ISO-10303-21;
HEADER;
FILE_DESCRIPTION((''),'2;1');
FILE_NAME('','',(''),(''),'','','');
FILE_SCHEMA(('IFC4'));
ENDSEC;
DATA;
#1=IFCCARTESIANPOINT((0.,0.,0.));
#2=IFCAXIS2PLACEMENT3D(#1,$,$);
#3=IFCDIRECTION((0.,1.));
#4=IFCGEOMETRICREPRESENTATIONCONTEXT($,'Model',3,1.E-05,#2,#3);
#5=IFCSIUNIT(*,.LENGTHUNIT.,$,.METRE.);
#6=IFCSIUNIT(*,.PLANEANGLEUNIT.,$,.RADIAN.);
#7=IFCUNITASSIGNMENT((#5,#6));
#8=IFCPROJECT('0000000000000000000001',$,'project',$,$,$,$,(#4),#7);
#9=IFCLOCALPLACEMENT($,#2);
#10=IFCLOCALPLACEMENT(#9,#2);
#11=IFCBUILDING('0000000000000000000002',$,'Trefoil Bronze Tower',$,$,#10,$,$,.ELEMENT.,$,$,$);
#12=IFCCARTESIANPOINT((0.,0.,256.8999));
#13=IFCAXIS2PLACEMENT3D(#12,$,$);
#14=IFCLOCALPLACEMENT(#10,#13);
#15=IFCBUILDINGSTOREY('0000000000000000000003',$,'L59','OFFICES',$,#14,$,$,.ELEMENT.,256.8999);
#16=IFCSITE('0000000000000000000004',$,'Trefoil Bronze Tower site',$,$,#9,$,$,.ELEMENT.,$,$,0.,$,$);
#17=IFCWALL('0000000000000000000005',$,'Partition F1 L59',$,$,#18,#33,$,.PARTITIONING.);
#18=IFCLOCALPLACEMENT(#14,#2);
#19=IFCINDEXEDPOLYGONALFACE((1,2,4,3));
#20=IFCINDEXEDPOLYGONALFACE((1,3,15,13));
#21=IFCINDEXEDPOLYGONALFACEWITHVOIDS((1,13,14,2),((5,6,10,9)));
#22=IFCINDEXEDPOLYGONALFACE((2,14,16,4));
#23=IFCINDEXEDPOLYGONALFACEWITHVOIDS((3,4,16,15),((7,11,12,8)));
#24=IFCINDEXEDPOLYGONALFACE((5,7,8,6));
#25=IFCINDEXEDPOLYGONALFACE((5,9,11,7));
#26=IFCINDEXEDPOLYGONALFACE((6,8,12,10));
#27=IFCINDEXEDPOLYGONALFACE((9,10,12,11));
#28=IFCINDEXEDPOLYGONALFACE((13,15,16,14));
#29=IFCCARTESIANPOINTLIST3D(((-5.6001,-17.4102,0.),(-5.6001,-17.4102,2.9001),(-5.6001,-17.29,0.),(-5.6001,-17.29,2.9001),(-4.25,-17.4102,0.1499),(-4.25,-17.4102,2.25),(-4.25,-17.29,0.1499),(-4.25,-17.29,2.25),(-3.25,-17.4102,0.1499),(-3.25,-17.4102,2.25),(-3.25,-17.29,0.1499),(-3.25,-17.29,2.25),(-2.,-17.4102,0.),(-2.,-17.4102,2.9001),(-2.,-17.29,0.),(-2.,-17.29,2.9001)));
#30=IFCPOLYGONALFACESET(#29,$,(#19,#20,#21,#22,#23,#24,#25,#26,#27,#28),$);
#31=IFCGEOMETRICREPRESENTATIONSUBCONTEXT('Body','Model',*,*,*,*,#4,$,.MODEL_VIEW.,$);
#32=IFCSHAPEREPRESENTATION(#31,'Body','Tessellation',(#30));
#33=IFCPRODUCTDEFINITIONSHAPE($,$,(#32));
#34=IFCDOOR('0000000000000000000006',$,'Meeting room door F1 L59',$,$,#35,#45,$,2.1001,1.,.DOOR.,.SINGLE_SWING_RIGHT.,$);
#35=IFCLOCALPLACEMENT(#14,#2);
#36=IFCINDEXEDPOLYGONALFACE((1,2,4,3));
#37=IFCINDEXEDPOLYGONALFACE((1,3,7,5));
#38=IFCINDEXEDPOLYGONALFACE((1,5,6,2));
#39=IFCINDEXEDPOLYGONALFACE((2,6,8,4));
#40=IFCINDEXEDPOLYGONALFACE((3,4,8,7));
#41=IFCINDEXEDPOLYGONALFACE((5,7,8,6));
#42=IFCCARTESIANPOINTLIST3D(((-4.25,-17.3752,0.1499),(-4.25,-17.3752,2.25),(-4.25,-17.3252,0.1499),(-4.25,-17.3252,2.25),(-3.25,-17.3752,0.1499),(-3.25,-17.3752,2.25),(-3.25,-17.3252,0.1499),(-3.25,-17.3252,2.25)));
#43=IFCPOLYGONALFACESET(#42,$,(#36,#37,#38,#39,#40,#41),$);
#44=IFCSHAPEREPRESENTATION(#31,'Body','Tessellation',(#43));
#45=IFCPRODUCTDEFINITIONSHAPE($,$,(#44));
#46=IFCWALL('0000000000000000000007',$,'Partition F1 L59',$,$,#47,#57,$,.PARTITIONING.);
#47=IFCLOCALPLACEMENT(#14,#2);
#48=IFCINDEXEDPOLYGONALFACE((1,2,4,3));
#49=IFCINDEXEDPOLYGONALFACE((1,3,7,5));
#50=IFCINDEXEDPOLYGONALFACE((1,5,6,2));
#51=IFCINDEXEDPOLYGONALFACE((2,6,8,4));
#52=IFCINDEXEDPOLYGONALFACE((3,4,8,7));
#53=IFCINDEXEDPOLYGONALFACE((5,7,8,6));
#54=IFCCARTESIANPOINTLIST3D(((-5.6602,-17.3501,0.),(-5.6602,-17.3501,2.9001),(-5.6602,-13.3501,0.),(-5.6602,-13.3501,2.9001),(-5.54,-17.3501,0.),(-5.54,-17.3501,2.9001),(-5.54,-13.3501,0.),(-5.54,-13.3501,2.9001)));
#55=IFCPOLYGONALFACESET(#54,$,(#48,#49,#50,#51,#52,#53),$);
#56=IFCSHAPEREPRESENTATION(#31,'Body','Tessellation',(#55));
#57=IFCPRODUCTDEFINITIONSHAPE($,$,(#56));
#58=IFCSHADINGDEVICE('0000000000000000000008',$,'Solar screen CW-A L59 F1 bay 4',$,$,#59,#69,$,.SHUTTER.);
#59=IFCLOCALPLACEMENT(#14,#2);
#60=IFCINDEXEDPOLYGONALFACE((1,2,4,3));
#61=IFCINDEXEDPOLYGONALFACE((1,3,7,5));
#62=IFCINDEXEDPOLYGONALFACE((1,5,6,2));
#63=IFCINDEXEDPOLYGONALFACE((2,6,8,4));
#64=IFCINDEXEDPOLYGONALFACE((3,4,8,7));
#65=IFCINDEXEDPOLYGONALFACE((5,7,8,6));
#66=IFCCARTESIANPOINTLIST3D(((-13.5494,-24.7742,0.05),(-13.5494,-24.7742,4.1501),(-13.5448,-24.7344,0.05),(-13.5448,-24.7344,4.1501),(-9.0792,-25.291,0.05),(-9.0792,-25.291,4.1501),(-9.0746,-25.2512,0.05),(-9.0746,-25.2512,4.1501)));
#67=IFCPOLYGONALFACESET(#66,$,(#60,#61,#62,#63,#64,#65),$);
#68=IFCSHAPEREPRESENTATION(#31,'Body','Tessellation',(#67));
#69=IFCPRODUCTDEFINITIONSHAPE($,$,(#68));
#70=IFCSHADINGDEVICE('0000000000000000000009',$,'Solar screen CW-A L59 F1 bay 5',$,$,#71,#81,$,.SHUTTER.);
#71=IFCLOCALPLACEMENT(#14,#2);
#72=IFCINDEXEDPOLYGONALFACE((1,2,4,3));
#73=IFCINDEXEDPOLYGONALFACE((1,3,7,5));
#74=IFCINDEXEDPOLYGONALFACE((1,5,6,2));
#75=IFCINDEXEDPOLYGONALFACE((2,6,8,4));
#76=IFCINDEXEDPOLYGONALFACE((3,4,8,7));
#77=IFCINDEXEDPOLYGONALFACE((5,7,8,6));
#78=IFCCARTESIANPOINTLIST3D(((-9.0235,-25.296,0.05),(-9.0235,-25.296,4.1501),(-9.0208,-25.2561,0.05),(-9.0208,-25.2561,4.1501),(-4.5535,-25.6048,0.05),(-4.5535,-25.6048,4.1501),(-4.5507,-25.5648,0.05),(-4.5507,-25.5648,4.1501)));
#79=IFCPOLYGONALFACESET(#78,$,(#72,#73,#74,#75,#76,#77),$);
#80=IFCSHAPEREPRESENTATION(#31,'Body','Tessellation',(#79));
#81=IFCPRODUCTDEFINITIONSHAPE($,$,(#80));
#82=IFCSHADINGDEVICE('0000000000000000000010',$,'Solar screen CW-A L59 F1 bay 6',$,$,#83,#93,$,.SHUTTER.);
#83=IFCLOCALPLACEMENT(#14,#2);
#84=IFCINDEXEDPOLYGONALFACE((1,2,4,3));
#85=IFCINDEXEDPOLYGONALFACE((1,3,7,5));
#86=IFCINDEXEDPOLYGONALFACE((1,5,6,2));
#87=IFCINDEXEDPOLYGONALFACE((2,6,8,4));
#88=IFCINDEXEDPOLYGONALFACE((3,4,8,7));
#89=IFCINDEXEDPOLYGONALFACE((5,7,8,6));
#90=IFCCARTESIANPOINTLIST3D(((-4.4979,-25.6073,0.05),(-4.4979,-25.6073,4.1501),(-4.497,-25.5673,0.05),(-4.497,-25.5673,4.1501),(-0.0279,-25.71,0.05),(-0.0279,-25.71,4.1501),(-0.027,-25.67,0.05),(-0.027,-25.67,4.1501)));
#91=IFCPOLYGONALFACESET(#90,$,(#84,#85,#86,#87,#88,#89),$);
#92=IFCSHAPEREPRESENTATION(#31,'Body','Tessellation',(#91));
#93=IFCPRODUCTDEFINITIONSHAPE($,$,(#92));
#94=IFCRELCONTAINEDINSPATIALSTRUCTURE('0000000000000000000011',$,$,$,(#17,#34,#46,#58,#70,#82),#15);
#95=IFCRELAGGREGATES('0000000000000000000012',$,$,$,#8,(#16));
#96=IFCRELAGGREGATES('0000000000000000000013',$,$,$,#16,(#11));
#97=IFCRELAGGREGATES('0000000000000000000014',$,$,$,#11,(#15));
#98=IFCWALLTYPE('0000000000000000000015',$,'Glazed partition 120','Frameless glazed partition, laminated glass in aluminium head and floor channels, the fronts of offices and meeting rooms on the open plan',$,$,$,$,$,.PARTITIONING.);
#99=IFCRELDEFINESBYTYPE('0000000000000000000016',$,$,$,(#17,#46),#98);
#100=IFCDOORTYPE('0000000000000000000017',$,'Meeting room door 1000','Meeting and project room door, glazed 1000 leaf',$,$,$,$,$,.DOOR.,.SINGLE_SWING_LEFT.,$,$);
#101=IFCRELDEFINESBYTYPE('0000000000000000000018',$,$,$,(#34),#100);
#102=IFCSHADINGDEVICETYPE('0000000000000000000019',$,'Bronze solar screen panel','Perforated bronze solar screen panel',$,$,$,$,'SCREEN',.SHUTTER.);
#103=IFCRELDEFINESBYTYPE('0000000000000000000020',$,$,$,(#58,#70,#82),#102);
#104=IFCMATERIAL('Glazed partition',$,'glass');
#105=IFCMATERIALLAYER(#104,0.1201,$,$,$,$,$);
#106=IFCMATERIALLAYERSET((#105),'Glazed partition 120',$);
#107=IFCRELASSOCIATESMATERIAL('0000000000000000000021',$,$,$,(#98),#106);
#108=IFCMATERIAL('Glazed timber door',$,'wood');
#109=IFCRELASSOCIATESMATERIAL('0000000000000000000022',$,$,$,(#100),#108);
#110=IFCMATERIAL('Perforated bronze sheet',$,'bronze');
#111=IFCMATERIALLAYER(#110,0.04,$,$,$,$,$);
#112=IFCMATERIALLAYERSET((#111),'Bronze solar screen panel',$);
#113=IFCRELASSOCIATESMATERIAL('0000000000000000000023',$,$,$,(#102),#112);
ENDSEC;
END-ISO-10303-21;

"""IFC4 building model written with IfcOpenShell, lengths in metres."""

from ifc_helpers import new_model, si_unit, direction, frame, frame_2d, origin, origin_2d, place, context, subcontext, project, spatial, rectangle, extrude, material, layer, layer_set, type_object, element, fill, save


model = new_model("IFC4")

# Units and contexts
model_context = context("Model", 3, precision=1e-05, world=origin(), true_north=direction((0.0, 1.0)))
body_context = subcontext(model_context, "Body", "Model", "MODEL_VIEW")
ifc_project = project(units=[si_unit("LENGTHUNIT", "METRE"), si_unit("PLANEANGLEUNIT", "RADIAN")], contexts=[model_context])

# Site, building, storey
site_placement = place(None, origin())
site = spatial("IfcSite", under=ifc_project, at=site_placement, Name="Trefoil Bronze Tower site", CompositionType="ELEMENT", RefElevation=0.0)
building_placement = place(site_placement, origin())
building = spatial("IfcBuilding", under=site, at=building_placement, Name="Trefoil Bronze Tower", CompositionType="ELEMENT")
storey_placement = place(building_placement, frame((0.0, 0.0, 256.8999)))
storey = spatial("IfcBuildingStorey", under=building, at=storey_placement, Name="L59", Description="OFFICES", CompositionType="ELEMENT", Elevation=256.8999)

# Wall, opening, door
ifc_material_1 = material(Name="Glazed partition", Category="glass")
ifc_layer_1 = layer(ifc_material_1, 0.1201)
ifc_layer_set_1 = layer_set([ifc_layer_1], Name="Glazed partition 120")
wall_type = type_object("IfcWallType", Name="Glazed partition 120", Description="Frameless glazed partition, laminated glass in aluminium head and floor channels, the fronts of offices and meeting rooms on the open plan", PredefinedType="PARTITIONING", material=ifc_layer_set_1)
wall_1_placement = place(storey_placement, frame((-5.6001, -17.3501, 0.0), z_axis=(0.0, 0.0, 1.0), x_axis=(1.0, 0.0, 0.0)))
wall_1 = element("IfcWall", 1, at=wall_1_placement, inside=storey, type_object=wall_type, Name="Partition F1 L59", PredefinedType="PARTITIONING", context=body_context, shape_type="SweptSolid", body=[
    extrude(rectangle(XDim=3.6001, YDim=0.1201, at=frame_2d((1.8, 0.0))), origin(), (0.0, 0.0, 1.0), 2.9001),
])
opening_placement = place(wall_1_placement, frame((1.3501, 0.0, 0.1499)))
opening = element("IfcOpeningElement", 2, at=opening_placement, cuts=wall_1, PredefinedType="OPENING", context=body_context, shape_type="SweptSolid", body=[
    extrude(rectangle(XDim=1.0, YDim=2.1001, at=frame_2d((0.5, 1.05))), frame((0.0, 0.0701, 0.0), z_axis=(0.0, -1.0, 0.0), x_axis=(1.0, 0.0, 0.0)), (0.0, 0.0, 1.0), 0.1401),
])
ifc_material_2 = material(Name="Glazed timber door", Category="wood")
door_type = type_object("IfcDoorType", Name="Meeting room door 1000", Description="Meeting and project room door, glazed 1000 leaf", OperationType="SINGLE_SWING_LEFT", PredefinedType="DOOR", material=ifc_material_2)
door_placement = place(opening_placement, origin())
door = element("IfcDoor", 3, at=door_placement, inside=storey, type_object=door_type, Name="Meeting room door F1 L59", OperationType="SINGLE_SWING_RIGHT", OverallHeight=2.1001, OverallWidth=1.0, PredefinedType="DOOR", context=body_context, shape_type="SweptSolid", body=[
    extrude(rectangle(XDim=1.0, YDim=2.1001, at=frame_2d((0.5, 1.05))), frame((0.0, 0.0249, 0.0), z_axis=(0.0, -1.0, 0.0), x_axis=(1.0, 0.0, 0.0)), (0.0, 0.0, 1.0), 0.05),
])
fill(opening, door)

# Wall
wall_2_placement = place(storey_placement, frame((-5.6001, -13.3501, 0.0), z_axis=(0.0, 0.0, 1.0), x_axis=(0.0, -1.0, 0.0)))
element("IfcWall", 4, at=wall_2_placement, inside=storey, type_object=wall_type, Name="Partition F1 L59", PredefinedType="PARTITIONING", context=body_context, shape_type="SweptSolid", body=[
    extrude(rectangle(XDim=4.0, YDim=0.1201, at=frame_2d((2.0, 0.0))), origin(), (0.0, 0.0, 1.0), 2.9001),
])

# Shading devices
ifc_material_3 = material(Name="Perforated bronze sheet", Category="bronze")
ifc_layer_2 = layer(ifc_material_3, 0.04)
ifc_layer_set_2 = layer_set([ifc_layer_2], Name="Bronze solar screen panel")
shading_device_type = type_object("IfcShadingDeviceType", Name="Bronze solar screen panel", Description="Perforated bronze solar screen panel", ElementType="SCREEN", PredefinedType="SHUTTER", material=ifc_layer_set_2)
shading_device_1_placement = place(storey_placement, frame((-11.312, -25.0127, 0.05), z_axis=(0.0, 0.0, 1.0), x_axis=(0.993382, -0.114859, 0.0)))
element("IfcShadingDevice", 5, at=shading_device_1_placement, inside=storey, type_object=shading_device_type, Name="Solar screen CW-A L59 F1 bay 4", PredefinedType="SHUTTER", context=body_context, shape_type="SweptSolid", body=[
    extrude(rectangle(XDim=4.5, YDim=0.04, at=origin_2d()), origin(), (0.0, 0.0, 1.0), 4.1001),
])
shading_device_2_placement = place(storey_placement, frame((-6.7871, -25.4304, 0.05), z_axis=(0.0, 0.0, 1.0), x_axis=(0.997623, -0.068915, 0.0)))
element("IfcShadingDevice", 6, at=shading_device_2_placement, inside=storey, type_object=shading_device_type, Name="Solar screen CW-A L59 F1 bay 5", PredefinedType="SHUTTER", context=body_context, shape_type="SweptSolid", body=[
    extrude(rectangle(XDim=4.4807, YDim=0.04, at=origin_2d()), origin(), (0.0, 0.0, 1.0), 4.1001),
])
shading_device_3_placement = place(storey_placement, frame((-2.2625, -25.6387, 0.05), z_axis=(0.0, 0.0, 1.0), x_axis=(0.999736, -0.022972, 0.0)))
element("IfcShadingDevice", 7, at=shading_device_3_placement, inside=storey, type_object=shading_device_type, Name="Solar screen CW-A L59 F1 bay 6", PredefinedType="SHUTTER", context=body_context, shape_type="SweptSolid", body=[
    extrude(rectangle(XDim=4.4712, YDim=0.04, at=origin_2d()), origin(), (0.0, 0.0, 1.0), 4.1001),
])

save(model, "model.ifc")
